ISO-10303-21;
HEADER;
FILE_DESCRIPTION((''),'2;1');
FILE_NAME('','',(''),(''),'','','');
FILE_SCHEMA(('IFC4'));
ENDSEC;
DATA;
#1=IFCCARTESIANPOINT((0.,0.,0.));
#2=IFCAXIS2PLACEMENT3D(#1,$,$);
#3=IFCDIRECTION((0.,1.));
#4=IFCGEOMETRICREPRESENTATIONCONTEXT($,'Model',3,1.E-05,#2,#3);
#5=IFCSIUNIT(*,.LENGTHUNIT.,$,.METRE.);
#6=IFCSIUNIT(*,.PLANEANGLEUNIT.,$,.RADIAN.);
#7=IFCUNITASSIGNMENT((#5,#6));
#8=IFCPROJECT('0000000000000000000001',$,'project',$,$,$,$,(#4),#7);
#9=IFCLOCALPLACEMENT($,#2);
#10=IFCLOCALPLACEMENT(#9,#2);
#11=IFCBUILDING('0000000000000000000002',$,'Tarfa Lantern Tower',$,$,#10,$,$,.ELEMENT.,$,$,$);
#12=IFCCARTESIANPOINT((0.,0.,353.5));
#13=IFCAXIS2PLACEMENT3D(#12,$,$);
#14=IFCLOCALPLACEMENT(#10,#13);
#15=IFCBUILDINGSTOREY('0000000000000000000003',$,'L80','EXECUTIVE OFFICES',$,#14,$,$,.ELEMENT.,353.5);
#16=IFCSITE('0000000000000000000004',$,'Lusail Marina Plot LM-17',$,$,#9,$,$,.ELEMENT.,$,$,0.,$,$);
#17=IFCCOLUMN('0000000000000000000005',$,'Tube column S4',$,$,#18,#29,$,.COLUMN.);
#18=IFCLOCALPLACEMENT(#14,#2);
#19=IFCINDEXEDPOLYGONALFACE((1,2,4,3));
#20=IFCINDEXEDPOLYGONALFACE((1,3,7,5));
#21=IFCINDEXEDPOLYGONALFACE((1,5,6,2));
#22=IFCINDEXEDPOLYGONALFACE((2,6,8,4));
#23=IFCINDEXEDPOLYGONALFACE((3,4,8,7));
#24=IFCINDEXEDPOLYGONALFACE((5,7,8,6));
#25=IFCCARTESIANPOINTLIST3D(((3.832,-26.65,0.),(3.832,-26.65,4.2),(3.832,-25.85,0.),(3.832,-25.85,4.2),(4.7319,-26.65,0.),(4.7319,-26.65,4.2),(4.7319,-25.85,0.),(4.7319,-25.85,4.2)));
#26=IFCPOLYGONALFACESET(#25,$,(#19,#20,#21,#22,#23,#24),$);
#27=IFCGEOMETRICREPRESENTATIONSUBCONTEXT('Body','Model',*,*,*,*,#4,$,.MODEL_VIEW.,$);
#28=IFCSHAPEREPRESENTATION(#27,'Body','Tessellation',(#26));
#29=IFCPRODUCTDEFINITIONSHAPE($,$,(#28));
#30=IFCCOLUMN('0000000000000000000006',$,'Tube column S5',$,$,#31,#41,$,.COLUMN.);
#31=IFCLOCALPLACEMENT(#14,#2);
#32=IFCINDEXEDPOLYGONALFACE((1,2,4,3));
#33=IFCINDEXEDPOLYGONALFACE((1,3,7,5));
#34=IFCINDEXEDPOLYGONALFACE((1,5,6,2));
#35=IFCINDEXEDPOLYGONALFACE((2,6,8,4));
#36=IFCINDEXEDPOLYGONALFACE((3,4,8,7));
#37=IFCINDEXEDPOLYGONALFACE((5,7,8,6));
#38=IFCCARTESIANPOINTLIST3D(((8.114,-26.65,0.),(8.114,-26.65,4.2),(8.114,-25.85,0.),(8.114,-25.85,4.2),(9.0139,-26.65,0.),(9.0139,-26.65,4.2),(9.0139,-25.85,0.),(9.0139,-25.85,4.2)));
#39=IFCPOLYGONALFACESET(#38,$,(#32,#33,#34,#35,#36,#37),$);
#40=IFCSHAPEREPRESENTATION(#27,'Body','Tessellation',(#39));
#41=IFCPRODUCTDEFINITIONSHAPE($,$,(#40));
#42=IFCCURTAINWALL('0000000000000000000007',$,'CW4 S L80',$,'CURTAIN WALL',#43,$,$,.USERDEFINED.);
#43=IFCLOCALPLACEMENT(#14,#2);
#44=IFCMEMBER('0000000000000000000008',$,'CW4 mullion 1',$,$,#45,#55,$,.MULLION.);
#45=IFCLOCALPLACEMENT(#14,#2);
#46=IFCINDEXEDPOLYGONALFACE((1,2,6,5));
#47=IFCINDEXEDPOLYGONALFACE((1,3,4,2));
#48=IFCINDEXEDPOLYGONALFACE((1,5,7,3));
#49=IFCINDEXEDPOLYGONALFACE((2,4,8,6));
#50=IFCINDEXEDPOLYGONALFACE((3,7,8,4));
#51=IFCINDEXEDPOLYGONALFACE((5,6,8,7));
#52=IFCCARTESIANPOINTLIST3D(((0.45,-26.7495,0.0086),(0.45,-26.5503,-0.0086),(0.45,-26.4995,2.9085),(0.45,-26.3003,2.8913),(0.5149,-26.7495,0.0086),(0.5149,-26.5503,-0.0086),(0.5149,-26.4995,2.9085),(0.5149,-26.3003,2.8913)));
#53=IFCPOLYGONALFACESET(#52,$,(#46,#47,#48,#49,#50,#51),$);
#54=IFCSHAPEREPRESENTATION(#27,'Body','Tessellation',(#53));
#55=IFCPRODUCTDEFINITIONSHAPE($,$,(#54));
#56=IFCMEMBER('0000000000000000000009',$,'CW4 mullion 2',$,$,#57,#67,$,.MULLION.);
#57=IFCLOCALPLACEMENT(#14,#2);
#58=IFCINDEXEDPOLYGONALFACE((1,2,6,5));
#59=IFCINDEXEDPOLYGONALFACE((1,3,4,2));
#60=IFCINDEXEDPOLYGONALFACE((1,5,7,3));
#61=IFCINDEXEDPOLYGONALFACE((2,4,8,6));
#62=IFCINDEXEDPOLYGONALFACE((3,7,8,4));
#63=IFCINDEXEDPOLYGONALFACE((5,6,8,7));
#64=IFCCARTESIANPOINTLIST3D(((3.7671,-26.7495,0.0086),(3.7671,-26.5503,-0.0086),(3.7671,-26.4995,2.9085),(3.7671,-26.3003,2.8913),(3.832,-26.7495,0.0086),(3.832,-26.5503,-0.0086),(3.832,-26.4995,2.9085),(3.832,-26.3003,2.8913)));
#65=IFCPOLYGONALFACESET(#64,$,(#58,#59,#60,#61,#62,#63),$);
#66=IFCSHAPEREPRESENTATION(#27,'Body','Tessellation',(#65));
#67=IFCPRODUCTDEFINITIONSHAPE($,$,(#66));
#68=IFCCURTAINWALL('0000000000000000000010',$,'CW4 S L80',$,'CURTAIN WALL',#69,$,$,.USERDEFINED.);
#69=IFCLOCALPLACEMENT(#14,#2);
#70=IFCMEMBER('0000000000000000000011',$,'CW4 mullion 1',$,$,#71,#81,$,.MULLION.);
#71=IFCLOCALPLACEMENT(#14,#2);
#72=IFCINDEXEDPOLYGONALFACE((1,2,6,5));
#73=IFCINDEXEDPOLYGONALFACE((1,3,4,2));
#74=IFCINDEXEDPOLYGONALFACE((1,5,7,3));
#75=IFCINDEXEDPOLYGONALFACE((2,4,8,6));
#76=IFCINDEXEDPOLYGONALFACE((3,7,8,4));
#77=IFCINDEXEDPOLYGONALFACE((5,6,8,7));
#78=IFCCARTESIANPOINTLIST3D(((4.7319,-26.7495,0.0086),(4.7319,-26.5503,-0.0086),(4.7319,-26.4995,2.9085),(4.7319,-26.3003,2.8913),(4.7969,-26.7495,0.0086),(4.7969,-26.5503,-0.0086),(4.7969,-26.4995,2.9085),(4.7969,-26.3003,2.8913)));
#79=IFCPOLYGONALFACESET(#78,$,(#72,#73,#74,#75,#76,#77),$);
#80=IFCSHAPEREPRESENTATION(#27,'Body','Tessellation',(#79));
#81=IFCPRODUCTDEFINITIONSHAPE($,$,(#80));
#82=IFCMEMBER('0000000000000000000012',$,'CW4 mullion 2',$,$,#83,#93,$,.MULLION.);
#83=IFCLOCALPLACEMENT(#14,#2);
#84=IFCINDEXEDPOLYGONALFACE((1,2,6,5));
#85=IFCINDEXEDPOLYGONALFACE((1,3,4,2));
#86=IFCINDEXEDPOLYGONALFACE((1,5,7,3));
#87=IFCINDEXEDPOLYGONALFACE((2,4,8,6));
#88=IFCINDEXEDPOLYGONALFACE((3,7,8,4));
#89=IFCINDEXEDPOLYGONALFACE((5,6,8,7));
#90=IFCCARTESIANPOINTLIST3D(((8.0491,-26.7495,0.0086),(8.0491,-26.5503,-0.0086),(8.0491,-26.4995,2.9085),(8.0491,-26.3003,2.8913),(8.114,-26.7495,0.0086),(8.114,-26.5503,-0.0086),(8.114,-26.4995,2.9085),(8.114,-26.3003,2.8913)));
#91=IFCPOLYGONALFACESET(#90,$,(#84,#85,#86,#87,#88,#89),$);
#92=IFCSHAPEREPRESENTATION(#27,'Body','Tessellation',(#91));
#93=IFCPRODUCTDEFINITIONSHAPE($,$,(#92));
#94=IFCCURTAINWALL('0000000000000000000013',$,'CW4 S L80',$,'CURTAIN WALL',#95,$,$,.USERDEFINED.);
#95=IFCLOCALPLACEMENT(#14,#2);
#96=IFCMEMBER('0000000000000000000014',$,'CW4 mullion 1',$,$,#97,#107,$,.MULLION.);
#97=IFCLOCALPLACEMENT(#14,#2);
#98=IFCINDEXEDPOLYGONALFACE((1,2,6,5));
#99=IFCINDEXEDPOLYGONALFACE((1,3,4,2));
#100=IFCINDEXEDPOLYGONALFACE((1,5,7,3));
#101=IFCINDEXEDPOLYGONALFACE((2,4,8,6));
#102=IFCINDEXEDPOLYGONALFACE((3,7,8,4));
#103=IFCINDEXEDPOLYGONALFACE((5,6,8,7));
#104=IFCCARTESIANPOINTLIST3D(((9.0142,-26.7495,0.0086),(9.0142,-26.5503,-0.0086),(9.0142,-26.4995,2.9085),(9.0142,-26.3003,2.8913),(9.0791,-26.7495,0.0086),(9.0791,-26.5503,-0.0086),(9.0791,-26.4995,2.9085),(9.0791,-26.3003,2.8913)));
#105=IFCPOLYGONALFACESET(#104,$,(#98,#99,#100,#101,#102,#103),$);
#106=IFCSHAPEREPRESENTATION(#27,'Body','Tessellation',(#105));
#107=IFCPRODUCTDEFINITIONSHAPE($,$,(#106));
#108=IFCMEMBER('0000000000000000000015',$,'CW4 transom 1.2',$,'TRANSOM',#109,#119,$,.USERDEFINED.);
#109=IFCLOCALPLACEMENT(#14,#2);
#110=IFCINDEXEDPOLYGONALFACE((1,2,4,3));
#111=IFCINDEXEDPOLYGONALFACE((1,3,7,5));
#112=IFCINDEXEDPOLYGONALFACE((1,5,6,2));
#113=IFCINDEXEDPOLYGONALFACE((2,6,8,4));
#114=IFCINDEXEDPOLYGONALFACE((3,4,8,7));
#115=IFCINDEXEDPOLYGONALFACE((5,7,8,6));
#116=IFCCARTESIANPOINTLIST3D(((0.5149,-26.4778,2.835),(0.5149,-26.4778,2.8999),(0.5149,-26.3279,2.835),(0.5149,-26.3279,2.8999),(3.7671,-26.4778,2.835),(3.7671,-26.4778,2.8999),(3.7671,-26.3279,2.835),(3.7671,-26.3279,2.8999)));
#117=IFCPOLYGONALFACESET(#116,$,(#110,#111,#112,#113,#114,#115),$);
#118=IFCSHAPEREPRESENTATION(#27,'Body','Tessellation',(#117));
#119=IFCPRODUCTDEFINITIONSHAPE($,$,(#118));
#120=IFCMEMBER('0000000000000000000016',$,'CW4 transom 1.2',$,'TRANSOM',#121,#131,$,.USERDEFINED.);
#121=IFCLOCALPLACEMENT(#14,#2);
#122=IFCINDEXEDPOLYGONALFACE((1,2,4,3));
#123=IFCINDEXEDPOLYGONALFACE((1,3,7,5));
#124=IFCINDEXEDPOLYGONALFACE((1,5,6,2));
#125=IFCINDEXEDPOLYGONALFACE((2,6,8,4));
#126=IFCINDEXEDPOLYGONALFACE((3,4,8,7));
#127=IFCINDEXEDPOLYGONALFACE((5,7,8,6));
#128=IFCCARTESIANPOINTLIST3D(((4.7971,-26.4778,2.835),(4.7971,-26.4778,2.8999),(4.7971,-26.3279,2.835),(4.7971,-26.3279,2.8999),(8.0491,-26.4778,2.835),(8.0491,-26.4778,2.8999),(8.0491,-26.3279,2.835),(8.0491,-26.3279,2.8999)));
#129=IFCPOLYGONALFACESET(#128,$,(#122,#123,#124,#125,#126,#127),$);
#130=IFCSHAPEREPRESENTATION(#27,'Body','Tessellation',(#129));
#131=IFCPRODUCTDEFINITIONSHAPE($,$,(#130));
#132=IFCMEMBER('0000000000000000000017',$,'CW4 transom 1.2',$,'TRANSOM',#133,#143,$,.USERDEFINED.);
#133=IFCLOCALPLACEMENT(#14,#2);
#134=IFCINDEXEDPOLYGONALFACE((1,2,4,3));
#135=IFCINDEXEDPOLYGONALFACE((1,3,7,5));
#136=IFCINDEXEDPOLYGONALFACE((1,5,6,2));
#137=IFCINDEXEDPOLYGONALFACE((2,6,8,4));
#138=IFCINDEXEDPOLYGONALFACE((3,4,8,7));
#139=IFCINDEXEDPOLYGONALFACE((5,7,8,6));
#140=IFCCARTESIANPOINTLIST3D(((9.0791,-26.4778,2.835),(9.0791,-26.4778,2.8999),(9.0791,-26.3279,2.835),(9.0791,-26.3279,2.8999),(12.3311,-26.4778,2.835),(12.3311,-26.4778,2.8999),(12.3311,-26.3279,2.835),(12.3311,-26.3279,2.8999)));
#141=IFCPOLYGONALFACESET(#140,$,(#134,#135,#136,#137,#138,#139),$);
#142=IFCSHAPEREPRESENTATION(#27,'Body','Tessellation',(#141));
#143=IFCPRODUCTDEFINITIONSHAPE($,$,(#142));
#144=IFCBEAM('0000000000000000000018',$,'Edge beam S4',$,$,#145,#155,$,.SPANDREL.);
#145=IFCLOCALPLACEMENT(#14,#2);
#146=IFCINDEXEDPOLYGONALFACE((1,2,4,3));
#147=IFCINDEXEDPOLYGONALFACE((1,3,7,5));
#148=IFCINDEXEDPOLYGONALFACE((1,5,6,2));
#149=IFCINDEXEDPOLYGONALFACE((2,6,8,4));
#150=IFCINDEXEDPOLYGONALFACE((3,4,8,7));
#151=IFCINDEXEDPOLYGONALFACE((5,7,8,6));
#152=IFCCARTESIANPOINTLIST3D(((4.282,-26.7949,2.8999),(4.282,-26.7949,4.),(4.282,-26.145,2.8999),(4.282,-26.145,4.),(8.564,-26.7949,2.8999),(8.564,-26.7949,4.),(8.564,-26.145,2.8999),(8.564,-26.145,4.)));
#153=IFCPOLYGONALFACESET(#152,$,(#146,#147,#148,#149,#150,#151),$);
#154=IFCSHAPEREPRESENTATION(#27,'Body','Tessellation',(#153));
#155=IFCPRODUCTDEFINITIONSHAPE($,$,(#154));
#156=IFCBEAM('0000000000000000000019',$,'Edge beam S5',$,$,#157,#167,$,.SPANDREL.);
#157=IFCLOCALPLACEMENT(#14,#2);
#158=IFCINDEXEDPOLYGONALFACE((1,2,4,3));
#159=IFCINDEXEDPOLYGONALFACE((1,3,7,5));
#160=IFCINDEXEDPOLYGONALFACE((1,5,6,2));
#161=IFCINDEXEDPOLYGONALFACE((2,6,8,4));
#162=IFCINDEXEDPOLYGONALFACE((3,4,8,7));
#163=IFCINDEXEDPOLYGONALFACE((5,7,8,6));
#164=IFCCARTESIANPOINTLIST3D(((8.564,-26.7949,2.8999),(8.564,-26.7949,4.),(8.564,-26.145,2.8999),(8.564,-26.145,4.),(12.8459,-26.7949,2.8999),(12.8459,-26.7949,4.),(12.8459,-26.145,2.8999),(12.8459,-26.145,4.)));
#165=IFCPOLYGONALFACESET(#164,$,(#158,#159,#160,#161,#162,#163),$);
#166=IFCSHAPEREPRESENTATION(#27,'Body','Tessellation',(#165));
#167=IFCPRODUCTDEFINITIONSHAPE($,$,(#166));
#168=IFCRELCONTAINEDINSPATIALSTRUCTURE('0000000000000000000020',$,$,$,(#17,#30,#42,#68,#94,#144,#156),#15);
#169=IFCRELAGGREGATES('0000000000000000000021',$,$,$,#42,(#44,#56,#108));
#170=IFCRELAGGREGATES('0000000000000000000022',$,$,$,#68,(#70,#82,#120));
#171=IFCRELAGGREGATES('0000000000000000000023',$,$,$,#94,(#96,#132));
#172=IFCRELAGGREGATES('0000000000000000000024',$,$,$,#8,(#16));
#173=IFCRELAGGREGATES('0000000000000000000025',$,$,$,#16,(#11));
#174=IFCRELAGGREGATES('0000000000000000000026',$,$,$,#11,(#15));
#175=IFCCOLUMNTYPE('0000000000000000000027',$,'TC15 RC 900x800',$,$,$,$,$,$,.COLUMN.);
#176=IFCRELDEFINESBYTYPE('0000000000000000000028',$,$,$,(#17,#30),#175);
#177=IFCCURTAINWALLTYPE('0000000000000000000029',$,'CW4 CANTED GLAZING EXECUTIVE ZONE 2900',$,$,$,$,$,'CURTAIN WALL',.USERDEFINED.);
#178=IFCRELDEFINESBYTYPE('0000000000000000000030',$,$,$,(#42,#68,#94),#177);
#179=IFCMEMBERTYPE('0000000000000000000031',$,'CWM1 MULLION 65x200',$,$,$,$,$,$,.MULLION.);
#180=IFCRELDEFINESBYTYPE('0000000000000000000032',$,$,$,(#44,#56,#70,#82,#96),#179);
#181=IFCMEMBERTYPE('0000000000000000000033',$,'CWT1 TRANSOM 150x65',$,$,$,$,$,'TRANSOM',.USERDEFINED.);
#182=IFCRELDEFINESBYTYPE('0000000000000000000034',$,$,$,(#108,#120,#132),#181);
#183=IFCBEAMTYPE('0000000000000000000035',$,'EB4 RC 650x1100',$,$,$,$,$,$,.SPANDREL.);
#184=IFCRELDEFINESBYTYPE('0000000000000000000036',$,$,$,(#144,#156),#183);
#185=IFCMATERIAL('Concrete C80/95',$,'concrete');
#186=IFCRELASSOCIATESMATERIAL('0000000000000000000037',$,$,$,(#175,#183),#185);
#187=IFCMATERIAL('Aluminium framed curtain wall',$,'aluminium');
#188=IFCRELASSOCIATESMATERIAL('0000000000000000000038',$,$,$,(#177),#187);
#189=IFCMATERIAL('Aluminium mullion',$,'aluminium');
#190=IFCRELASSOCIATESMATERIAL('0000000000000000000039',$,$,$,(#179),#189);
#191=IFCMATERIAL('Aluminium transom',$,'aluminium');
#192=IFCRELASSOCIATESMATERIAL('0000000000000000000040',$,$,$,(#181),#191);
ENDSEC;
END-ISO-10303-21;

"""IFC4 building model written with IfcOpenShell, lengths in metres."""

from ifc_helpers import new_model, si_unit, direction, frame, origin, origin_2d, place, context, subcontext, project, spatial, rectangle, extrude, material, material_profile, profile_set, type_object, element, aggregate, save


model = new_model("IFC4")

# Units and contexts
model_context = context("Model", 3, precision=1e-05, world=origin(), true_north=direction((0.0, 1.0)))
body_context = subcontext(model_context, "Body", "Model", "MODEL_VIEW")
ifc_project = project(units=[si_unit("LENGTHUNIT", "METRE"), si_unit("PLANEANGLEUNIT", "RADIAN")], contexts=[model_context])

# Site, building, storey
site_placement = place(None, origin())
site = spatial("IfcSite", under=ifc_project, at=site_placement, Name="Lusail Marina Plot LM-17", CompositionType="ELEMENT", RefElevation=0.0)
building_placement = place(site_placement, origin())
building = spatial("IfcBuilding", under=site, at=building_placement, Name="Tarfa Lantern Tower", CompositionType="ELEMENT")
storey_placement = place(building_placement, frame((0.0, 0.0, 353.5)))
storey = spatial("IfcBuildingStorey", under=building, at=storey_placement, Name="L80", Description="EXECUTIVE OFFICES", CompositionType="ELEMENT", Elevation=353.5)

# Columns
ifc_material_1 = material(Name="Concrete C80/95", Category="concrete")
ifc_material_profile_1 = material_profile(ifc_material_1, rectangle(XDim=0.8999, YDim=0.8, at=origin_2d()), Name="RC 900x800")
ifc_profile_set_1 = profile_set([ifc_material_profile_1], Name="Concrete C80/95")
column_type = type_object("IfcColumnType", Name="TC15 RC 900x800", PredefinedType="COLUMN", material=ifc_profile_set_1)
for number, where, z_axis, x_axis, name in (
    (1, (4.282, -26.25, 0.0), (0.0, 0.0, 1.0), (1.0, 0.0, 0.0), "Tube column S4"),
    (2, (8.564, -26.25, 0.0), (0.0, 0.0, 1.0), (1.0, 0.0, 0.0), "Tube column S5"),
):
    element("IfcColumn", number, at=place(storey_placement, frame(where, z_axis=z_axis, x_axis=x_axis)), inside=storey, type_object=column_type, Name=name, PredefinedType="COLUMN", context=body_context, shape_type="SweptSolid", body=[
        extrude(rectangle(XDim=0.8999, YDim=0.8, at=origin_2d()), origin(), (0.0, 0.0, 1.0), 4.2),
    ])

# Curtain walls, members
ifc_material_2 = material(Name="Aluminium framed curtain wall", Category="aluminium")
curtain_wall_type = type_object("IfcCurtainWallType", Name="CW4 CANTED GLAZING EXECUTIVE ZONE 2900", ElementType="CURTAIN WALL", PredefinedType="USERDEFINED", material=ifc_material_2)
curtain_wall_1_placement = place(storey_placement, origin())
curtain_wall_1 = element("IfcCurtainWall", 3, at=curtain_wall_1_placement, inside=storey, type_object=curtain_wall_type, Name="CW4 S L80", ObjectType="CURTAIN WALL", PredefinedType="USERDEFINED")
ifc_material_3 = material(Name="Aluminium mullion", Category="aluminium")
ifc_material_profile_2 = material_profile(ifc_material_3, rectangle(XDim=0.0649, YDim=0.2, at=origin_2d()), Name="AL MULLION 65x200")
ifc_profile_set_2 = profile_set([ifc_material_profile_2], Name="Aluminium mullion")
member_type_1 = type_object("IfcMemberType", Name="CWM1 MULLION 65x200", PredefinedType="MULLION", material=ifc_profile_set_2)
member_1_placement = place(storey_placement, frame((0.4824, -26.6499, 0.0), z_axis=(0.0, 0.085891, 0.996305), x_axis=(-1.0, 0.0, 0.0)))
member_1 = element("IfcMember", 4, at=member_1_placement, type_object=member_type_1, Name="CW4 mullion 1", PredefinedType="MULLION", context=body_context, shape_type="SweptSolid", body=[
    extrude(rectangle(XDim=0.0649, YDim=0.2, at=origin_2d()), origin(), (0.0, 0.0, 1.0), 2.9106),
])
member_2_placement = place(storey_placement, frame((3.7996, -26.6499, 0.0), z_axis=(0.0, 0.085891, 0.996305), x_axis=(-1.0, 0.0, 0.0)))
member_2 = element("IfcMember", 5, at=member_2_placement, type_object=member_type_1, Name="CW4 mullion 2", PredefinedType="MULLION", context=body_context, shape_type="SweptSolid", body=[
    extrude(rectangle(XDim=0.0649, YDim=0.2, at=origin_2d()), origin(), (0.0, 0.0, 1.0), 2.9106),
])
curtain_wall_2_placement = place(storey_placement, origin())
curtain_wall_2 = element("IfcCurtainWall", 6, at=curtain_wall_2_placement, inside=storey, type_object=curtain_wall_type, Name="CW4 S L80", ObjectType="CURTAIN WALL", PredefinedType="USERDEFINED")
member_3_placement = place(storey_placement, frame((4.7644, -26.6499, 0.0), z_axis=(0.0, 0.085891, 0.996305), x_axis=(-1.0, 0.0, 0.0)))
member_3 = element("IfcMember", 7, at=member_3_placement, type_object=member_type_1, Name="CW4 mullion 1", PredefinedType="MULLION", context=body_context, shape_type="SweptSolid", body=[
    extrude(rectangle(XDim=0.0649, YDim=0.2, at=origin_2d()), origin(), (0.0, 0.0, 1.0), 2.9106),
])
member_4_placement = place(storey_placement, frame((8.0815, -26.6499, 0.0), z_axis=(0.0, 0.085891, 0.996305), x_axis=(-1.0, 0.0, 0.0)))
member_4 = element("IfcMember", 8, at=member_4_placement, type_object=member_type_1, Name="CW4 mullion 2", PredefinedType="MULLION", context=body_context, shape_type="SweptSolid", body=[
    extrude(rectangle(XDim=0.0649, YDim=0.2, at=origin_2d()), origin(), (0.0, 0.0, 1.0), 2.9106),
])

# Curtain wall, member
curtain_wall_3_placement = place(storey_placement, origin())
curtain_wall_3 = element("IfcCurtainWall", 9, at=curtain_wall_3_placement, inside=storey, type_object=curtain_wall_type, Name="CW4 S L80", ObjectType="CURTAIN WALL", PredefinedType="USERDEFINED")
member_5_placement = place(storey_placement, frame((9.0466, -26.6499, 0.0), z_axis=(0.0, 0.085891, 0.996305), x_axis=(-1.0, 0.0, 0.0)))
member_5 = element("IfcMember", 10, at=member_5_placement, type_object=member_type_1, Name="CW4 mullion 1", PredefinedType="MULLION", context=body_context, shape_type="SweptSolid", body=[
    extrude(rectangle(XDim=0.0649, YDim=0.2, at=origin_2d()), origin(), (0.0, 0.0, 1.0), 2.9106),
])

# Members
ifc_material_4 = material(Name="Aluminium transom", Category="aluminium")
ifc_material_profile_3 = material_profile(ifc_material_4, rectangle(XDim=0.1499, YDim=0.0649, at=origin_2d()), Name="AL TRANSOM 150x65")
ifc_profile_set_3 = profile_set([ifc_material_profile_3], Name="Aluminium transom")
member_type_2 = type_object("IfcMemberType", Name="CWT1 TRANSOM 150x65", ElementType="TRANSOM", PredefinedType="USERDEFINED", material=ifc_profile_set_3)
member_6_placement = place(storey_placement, frame((0.5149, -26.4028, 2.8674), z_axis=(1.0, 0.0, 0.0), x_axis=(0.0, 1.0, 0.0)))
member_6 = element("IfcMember", 11, at=member_6_placement, type_object=member_type_2, Name="CW4 transom 1.2", ObjectType="TRANSOM", PredefinedType="USERDEFINED", context=body_context, shape_type="SweptSolid", body=[
    extrude(rectangle(XDim=0.1499, YDim=0.0649, at=origin_2d()), origin(), (0.0, 0.0, 1.0), 3.2522),
])
member_7_placement = place(storey_placement, frame((4.7971, -26.4028, 2.8674), z_axis=(1.0, 0.0, 0.0), x_axis=(0.0, 1.0, 0.0)))
member_7 = element("IfcMember", 12, at=member_7_placement, type_object=member_type_2, Name="CW4 transom 1.2", ObjectType="TRANSOM", PredefinedType="USERDEFINED", context=body_context, shape_type="SweptSolid", body=[
    extrude(rectangle(XDim=0.1499, YDim=0.0649, at=origin_2d()), origin(), (0.0, 0.0, 1.0), 3.252),
])
member_8_placement = place(storey_placement, frame((9.0791, -26.4028, 2.8674), z_axis=(1.0, 0.0, 0.0), x_axis=(0.0, 1.0, 0.0)))
member_8 = element("IfcMember", 13, at=member_8_placement, type_object=member_type_2, Name="CW4 transom 1.2", ObjectType="TRANSOM", PredefinedType="USERDEFINED", context=body_context, shape_type="SweptSolid", body=[
    extrude(rectangle(XDim=0.1499, YDim=0.0649, at=origin_2d()), origin(), (0.0, 0.0, 1.0), 3.252),
])

# Beams
ifc_material_profile_4 = material_profile(ifc_material_1, rectangle(XDim=0.6499, YDim=1.1001, at=origin_2d()), Name="RC 650x1100")
ifc_profile_set_4 = profile_set([ifc_material_profile_4], Name="Concrete C80/95")
beam_type_1 = type_object("IfcBeamType", Name="EB4 RC 650x1100", PredefinedType="SPANDREL", material=ifc_profile_set_4)
for number, where, z_axis, x_axis, name in (
    (14, (4.282, -26.47, 3.45), (1.0, 0.0, 0.0), (0.0, 1.0, 0.0), "Edge beam S4"),
    (15, (8.564, -26.47, 3.45), (1.0, 0.0, 0.0), (0.0, 1.0, 0.0), "Edge beam S5"),
):
    element("IfcBeam", number, at=place(storey_placement, frame(where, z_axis=z_axis, x_axis=x_axis)), inside=storey, type_object=beam_type_1, Name=name, PredefinedType="SPANDREL", context=body_context, shape_type="SweptSolid", body=[
        extrude(rectangle(XDim=0.6499, YDim=1.1001, at=origin_2d()), origin(), (0.0, 0.0, 1.0), 4.282),
    ])

aggregate(curtain_wall_1, [member_1, member_2, member_6])
aggregate(curtain_wall_2, [member_3, member_4, member_7])
aggregate(curtain_wall_3, [member_5, member_8])

save(model, "model.ifc")
